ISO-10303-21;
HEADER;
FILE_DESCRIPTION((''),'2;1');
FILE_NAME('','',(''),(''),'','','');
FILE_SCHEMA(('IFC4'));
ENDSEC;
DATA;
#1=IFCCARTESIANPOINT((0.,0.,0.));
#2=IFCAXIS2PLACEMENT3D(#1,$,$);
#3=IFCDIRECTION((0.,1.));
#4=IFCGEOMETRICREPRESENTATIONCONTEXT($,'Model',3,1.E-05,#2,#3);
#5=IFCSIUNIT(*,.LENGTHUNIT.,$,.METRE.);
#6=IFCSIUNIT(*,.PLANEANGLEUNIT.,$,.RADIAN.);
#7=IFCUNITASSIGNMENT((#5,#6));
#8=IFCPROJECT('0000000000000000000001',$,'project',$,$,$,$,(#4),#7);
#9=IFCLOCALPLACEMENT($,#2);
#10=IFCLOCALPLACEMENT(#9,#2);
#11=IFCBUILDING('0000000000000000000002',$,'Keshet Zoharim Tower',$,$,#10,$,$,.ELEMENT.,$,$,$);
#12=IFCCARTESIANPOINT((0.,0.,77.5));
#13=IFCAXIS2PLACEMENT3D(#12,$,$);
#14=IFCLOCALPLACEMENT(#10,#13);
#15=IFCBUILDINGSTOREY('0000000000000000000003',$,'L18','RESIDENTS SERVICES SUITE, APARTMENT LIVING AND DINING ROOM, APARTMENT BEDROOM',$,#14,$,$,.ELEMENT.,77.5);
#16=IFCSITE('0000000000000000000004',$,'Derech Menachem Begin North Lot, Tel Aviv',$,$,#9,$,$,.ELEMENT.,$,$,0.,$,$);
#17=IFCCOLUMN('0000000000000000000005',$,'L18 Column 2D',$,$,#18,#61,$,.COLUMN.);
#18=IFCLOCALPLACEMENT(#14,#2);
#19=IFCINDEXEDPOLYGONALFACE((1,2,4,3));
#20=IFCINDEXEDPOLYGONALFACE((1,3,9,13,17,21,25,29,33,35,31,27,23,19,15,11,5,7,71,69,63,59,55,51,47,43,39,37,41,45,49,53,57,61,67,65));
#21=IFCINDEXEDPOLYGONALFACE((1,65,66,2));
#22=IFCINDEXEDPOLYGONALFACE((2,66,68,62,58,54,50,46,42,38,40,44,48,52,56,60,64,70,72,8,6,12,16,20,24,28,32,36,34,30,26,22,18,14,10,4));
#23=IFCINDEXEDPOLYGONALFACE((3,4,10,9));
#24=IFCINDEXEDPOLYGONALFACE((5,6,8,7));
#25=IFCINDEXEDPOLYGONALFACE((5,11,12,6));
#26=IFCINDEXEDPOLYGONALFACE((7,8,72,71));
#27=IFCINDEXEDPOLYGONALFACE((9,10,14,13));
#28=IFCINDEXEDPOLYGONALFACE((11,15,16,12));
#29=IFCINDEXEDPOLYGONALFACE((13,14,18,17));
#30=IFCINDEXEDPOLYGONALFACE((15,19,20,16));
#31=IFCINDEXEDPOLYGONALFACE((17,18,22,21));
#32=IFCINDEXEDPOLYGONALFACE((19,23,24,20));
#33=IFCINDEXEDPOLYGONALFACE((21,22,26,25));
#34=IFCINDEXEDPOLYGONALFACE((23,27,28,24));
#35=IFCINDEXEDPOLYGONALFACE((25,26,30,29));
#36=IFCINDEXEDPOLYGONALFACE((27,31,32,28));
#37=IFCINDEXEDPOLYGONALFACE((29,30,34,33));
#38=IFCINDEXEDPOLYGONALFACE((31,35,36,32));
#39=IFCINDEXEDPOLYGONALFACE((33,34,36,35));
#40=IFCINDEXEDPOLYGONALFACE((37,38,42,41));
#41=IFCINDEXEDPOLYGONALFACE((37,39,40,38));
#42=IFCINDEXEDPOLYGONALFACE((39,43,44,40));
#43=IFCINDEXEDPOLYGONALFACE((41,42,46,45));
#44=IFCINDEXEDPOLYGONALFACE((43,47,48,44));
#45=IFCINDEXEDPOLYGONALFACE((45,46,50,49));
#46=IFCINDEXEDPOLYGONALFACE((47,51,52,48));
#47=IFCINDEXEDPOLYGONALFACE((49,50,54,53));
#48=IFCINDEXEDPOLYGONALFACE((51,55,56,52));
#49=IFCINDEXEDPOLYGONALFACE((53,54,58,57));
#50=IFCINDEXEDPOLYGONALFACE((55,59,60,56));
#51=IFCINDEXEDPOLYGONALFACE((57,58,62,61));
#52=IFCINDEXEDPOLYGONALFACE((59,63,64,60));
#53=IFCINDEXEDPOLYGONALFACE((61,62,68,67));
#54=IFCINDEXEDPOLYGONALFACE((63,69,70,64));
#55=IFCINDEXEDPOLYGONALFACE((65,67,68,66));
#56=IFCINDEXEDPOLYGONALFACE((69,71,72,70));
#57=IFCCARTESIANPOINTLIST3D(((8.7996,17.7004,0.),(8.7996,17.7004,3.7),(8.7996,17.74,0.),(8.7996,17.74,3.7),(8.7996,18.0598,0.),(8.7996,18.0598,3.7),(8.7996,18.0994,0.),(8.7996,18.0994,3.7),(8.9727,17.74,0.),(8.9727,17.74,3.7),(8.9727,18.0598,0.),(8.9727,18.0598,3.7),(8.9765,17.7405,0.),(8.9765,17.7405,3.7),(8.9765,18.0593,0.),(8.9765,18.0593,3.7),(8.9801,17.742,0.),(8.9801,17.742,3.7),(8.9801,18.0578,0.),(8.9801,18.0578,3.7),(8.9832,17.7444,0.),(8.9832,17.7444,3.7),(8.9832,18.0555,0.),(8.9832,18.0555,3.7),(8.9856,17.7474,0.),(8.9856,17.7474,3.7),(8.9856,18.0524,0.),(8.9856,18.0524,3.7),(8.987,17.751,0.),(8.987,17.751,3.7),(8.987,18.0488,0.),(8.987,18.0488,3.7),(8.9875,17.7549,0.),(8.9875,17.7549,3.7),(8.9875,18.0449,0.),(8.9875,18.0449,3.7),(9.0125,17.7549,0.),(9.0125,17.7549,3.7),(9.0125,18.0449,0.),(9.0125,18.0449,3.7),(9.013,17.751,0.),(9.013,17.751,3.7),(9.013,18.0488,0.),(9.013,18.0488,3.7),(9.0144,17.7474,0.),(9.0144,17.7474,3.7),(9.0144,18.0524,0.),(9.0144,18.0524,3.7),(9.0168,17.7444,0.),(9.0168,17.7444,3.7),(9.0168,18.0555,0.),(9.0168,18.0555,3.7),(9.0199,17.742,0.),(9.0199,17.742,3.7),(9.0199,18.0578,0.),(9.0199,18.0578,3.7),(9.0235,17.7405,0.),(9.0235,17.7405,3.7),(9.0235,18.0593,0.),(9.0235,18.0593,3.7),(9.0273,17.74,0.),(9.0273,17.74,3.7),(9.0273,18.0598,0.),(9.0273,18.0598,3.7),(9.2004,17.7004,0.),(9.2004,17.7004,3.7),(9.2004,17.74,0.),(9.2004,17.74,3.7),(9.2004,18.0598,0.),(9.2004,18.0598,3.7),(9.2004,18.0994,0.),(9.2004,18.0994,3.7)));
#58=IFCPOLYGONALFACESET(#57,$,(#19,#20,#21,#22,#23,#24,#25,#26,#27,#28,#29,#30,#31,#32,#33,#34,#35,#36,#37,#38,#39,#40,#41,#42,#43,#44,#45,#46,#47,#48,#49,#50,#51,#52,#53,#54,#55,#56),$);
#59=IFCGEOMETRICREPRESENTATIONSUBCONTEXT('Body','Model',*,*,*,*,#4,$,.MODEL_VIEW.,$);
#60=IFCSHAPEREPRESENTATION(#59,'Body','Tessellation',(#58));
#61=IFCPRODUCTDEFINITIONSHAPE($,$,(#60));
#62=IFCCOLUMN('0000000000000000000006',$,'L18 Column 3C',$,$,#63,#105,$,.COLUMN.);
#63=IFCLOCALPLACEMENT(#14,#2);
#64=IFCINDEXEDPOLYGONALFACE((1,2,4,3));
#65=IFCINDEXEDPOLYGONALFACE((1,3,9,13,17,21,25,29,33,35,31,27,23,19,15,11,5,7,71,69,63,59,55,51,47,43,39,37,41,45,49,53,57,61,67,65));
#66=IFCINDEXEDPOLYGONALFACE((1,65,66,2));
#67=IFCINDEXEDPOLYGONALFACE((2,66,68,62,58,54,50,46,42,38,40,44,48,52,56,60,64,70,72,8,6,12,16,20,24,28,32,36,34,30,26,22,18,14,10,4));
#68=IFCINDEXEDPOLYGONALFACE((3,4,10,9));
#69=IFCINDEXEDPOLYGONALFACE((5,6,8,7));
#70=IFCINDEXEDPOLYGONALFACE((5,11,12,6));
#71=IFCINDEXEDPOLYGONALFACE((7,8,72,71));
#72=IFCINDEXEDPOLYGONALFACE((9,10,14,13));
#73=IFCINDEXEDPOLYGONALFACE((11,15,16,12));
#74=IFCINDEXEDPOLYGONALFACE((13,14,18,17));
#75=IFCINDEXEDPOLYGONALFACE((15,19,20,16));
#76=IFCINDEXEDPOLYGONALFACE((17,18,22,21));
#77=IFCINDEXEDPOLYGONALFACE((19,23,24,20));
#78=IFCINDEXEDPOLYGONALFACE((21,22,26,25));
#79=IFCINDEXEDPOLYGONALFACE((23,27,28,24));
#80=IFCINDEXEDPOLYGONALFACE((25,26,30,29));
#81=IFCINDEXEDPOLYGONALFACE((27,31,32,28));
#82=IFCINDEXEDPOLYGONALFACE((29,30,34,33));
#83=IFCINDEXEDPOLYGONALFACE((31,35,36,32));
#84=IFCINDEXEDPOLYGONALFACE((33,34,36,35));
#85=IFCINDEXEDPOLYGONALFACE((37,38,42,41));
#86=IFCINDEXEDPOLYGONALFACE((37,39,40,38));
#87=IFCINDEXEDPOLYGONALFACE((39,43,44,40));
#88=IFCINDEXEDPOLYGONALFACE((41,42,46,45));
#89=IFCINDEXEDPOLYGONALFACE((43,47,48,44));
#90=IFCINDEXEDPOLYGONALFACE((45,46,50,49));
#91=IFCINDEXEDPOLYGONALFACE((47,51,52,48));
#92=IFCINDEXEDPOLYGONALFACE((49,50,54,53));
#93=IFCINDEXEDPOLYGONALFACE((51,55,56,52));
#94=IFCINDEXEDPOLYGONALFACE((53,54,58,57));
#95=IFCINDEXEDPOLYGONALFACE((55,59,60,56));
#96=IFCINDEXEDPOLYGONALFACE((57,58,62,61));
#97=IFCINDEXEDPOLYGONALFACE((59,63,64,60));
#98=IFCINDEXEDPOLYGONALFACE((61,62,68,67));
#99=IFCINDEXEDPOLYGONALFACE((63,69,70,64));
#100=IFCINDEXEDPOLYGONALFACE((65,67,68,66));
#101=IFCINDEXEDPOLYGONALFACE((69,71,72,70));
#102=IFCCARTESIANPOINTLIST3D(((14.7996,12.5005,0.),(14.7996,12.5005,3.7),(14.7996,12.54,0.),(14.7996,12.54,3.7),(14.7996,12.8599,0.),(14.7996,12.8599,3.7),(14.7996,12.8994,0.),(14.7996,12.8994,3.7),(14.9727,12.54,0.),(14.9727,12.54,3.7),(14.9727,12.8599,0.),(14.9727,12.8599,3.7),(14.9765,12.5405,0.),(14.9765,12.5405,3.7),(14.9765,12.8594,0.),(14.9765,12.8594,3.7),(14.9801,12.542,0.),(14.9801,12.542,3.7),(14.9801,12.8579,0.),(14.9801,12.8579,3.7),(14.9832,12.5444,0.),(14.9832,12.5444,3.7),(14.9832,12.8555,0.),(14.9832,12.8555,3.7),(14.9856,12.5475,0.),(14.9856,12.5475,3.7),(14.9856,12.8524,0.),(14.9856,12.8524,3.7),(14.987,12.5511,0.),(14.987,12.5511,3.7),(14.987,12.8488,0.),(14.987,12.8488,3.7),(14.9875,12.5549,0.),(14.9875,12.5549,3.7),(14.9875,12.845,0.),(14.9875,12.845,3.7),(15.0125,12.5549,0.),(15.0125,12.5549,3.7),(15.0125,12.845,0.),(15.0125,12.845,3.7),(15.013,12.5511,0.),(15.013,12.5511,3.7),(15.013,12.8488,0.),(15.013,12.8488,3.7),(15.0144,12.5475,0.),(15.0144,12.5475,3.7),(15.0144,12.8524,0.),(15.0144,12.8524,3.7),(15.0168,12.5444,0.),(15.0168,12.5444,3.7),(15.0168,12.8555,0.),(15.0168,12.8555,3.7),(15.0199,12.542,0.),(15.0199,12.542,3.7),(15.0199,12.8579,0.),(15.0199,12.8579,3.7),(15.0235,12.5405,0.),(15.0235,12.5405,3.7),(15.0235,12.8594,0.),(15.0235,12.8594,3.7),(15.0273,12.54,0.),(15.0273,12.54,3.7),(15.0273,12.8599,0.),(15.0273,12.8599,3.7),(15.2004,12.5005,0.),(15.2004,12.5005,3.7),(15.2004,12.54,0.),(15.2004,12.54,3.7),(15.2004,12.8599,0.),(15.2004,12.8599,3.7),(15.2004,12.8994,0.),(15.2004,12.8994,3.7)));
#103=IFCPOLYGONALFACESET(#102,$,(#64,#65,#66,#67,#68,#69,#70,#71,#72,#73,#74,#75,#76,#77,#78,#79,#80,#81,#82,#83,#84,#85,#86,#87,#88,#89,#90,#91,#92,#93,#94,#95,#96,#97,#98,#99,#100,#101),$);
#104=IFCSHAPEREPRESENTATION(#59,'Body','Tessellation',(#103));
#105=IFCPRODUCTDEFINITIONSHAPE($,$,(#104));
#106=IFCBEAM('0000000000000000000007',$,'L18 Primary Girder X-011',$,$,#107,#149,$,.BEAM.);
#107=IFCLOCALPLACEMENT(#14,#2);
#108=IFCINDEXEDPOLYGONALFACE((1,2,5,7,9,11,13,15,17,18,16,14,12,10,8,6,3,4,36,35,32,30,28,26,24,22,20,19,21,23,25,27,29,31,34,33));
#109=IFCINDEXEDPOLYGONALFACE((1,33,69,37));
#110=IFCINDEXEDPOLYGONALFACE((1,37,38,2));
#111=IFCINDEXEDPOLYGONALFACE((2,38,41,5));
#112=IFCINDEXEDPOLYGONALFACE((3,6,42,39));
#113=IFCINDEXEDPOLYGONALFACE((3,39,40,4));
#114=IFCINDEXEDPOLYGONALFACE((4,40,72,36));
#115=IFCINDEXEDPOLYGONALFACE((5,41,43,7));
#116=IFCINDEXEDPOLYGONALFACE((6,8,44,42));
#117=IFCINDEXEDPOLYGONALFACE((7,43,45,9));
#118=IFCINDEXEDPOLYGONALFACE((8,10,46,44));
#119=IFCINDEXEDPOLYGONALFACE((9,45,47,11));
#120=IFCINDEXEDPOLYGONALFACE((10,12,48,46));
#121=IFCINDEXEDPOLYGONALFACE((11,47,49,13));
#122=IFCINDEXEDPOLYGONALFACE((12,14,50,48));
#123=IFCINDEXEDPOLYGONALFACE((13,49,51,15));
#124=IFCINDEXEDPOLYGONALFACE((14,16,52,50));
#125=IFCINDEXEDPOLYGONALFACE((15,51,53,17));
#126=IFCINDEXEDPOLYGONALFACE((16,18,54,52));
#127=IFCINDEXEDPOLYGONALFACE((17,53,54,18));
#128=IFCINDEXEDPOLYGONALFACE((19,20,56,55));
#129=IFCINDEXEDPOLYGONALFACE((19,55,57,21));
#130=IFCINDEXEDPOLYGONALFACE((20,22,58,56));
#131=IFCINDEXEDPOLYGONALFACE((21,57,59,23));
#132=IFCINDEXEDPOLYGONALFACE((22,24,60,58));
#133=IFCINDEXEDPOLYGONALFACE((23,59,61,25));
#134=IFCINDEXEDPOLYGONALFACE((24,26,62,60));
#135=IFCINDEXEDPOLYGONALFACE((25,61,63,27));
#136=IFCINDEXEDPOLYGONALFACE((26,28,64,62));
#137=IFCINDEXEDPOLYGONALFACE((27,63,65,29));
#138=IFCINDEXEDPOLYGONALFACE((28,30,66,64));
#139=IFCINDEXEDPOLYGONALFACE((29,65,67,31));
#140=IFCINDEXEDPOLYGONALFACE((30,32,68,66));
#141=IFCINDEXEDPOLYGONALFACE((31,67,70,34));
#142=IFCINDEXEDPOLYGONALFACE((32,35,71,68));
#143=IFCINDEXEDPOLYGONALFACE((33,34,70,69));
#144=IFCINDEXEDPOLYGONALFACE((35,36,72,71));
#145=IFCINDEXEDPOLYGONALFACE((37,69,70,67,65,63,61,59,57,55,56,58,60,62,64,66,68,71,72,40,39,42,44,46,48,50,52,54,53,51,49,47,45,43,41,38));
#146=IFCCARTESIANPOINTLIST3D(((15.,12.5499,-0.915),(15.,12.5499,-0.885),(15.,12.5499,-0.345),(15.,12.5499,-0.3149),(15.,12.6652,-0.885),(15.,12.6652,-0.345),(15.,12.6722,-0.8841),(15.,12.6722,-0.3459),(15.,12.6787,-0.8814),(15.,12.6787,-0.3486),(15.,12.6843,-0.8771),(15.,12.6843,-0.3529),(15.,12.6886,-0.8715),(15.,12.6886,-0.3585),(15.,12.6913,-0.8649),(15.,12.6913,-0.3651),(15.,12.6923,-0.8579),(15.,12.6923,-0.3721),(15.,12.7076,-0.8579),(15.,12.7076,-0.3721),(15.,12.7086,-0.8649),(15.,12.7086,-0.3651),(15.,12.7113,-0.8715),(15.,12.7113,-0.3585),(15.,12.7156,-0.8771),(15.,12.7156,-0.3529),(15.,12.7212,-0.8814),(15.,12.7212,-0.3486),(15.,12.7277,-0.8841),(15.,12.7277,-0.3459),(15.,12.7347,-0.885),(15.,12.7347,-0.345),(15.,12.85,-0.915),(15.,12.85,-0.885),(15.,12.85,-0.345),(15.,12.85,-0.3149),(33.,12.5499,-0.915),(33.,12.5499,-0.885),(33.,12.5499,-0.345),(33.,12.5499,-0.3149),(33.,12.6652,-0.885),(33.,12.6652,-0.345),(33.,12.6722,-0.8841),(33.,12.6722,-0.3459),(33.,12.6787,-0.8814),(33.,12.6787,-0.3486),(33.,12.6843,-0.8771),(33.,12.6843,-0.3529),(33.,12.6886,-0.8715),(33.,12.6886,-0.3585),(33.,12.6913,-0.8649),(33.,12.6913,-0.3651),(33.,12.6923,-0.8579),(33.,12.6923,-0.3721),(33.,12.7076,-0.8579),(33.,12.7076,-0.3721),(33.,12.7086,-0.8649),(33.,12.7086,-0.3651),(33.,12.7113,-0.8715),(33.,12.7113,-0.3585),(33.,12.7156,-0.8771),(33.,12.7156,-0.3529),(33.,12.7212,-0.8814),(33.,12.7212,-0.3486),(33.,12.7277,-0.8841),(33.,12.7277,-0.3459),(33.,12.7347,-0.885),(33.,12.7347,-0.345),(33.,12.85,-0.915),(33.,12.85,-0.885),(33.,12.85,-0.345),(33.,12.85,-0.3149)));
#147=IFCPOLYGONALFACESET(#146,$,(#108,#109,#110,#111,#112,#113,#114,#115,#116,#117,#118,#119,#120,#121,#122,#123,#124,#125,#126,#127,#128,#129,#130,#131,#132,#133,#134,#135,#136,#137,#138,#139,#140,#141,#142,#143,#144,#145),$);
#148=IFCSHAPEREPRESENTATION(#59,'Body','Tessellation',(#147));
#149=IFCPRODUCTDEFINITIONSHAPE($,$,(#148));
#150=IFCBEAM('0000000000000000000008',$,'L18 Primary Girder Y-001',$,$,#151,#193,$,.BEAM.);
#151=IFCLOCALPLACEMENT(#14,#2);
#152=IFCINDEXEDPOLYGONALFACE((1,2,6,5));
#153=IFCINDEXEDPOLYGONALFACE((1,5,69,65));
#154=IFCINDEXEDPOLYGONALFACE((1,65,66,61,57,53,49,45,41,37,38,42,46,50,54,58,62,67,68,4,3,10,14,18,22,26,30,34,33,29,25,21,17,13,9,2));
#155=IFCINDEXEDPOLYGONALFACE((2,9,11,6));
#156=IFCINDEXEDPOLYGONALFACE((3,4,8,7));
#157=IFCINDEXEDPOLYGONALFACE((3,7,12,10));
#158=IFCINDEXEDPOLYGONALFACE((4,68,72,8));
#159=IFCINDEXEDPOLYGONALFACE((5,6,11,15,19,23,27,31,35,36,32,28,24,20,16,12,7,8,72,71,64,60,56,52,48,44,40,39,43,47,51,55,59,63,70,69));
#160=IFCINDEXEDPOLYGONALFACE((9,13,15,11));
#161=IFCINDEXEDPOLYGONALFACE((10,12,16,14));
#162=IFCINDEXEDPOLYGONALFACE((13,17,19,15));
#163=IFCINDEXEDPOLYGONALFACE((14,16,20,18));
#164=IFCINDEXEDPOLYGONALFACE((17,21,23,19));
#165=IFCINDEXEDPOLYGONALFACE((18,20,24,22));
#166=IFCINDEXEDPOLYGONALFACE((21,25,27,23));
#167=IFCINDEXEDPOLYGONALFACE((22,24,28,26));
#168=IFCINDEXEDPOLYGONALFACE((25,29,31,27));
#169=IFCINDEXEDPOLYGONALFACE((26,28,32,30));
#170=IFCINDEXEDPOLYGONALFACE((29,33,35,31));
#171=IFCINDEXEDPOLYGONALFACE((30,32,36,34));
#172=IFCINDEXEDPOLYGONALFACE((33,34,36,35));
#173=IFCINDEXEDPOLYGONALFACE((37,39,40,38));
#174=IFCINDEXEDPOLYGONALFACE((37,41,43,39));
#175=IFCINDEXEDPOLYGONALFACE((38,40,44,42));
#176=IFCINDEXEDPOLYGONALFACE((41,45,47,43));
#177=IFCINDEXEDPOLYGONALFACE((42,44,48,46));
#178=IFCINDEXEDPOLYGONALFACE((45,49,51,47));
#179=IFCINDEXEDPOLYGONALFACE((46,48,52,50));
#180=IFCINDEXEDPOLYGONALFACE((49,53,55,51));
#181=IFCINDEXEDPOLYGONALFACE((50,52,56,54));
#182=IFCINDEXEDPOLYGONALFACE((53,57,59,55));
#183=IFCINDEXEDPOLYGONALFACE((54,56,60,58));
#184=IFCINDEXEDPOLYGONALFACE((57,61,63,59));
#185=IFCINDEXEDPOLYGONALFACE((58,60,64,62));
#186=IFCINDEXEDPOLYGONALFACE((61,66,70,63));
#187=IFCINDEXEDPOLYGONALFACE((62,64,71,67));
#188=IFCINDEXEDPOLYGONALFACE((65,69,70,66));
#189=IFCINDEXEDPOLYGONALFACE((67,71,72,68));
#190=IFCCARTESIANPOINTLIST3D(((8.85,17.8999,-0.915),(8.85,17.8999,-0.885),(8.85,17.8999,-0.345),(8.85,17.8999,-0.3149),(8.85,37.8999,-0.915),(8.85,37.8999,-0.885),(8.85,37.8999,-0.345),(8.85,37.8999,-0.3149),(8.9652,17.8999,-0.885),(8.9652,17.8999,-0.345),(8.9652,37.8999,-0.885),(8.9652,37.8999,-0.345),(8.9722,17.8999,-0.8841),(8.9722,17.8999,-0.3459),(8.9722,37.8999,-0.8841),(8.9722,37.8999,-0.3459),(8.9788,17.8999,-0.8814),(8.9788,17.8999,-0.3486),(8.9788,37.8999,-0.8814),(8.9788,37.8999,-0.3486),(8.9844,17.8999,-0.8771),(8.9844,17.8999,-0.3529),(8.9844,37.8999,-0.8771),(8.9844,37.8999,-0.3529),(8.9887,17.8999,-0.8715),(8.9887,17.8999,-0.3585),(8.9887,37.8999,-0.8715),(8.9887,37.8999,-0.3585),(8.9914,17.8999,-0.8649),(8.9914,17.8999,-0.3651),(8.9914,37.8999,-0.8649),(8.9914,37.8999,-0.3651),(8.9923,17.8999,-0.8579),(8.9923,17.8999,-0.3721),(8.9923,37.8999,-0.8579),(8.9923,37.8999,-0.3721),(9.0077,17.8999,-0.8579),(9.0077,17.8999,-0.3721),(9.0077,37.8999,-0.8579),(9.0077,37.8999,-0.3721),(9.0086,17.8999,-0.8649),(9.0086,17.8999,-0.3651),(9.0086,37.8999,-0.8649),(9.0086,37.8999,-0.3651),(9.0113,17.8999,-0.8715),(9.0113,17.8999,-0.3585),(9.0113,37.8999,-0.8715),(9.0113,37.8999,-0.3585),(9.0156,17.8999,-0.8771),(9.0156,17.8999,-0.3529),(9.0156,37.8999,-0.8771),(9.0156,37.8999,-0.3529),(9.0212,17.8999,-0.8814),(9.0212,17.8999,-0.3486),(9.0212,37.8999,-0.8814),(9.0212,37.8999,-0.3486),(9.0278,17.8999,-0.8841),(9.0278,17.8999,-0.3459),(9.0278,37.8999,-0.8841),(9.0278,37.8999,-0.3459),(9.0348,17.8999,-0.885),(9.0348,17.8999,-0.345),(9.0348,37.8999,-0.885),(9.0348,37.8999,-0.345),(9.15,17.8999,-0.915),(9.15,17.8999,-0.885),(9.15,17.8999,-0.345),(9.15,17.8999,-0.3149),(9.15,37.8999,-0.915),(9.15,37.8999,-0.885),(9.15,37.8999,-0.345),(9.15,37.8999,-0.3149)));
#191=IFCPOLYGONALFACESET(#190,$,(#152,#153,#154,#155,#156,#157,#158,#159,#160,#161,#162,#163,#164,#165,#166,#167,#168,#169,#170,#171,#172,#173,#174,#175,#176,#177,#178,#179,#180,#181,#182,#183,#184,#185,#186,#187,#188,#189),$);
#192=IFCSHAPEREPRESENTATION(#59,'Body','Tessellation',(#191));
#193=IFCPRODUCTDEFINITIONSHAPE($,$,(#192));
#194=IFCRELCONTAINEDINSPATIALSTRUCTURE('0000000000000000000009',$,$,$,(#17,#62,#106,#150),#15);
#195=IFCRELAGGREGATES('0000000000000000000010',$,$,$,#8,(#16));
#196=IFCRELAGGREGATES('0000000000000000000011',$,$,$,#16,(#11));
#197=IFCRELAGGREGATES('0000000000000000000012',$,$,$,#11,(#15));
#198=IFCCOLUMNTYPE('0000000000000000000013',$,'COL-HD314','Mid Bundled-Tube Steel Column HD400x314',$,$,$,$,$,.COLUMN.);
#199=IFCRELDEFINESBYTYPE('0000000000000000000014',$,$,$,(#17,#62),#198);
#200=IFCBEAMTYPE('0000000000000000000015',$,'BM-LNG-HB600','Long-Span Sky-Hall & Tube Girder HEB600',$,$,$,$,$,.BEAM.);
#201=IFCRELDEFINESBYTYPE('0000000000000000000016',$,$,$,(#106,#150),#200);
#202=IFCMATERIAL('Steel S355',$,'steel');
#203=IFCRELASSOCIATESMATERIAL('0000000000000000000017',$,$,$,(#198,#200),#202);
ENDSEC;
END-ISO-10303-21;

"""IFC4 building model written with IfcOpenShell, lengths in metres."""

from ifc_helpers import new_model, si_unit, direction, frame, origin, origin_2d, place, context, subcontext, project, spatial, i_section, extrude, material, material_profile, profile_set, type_object, element, save


model = new_model("IFC4")

# Units and contexts
model_context = context("Model", 3, precision=1e-05, world=origin(), true_north=direction((0.0, 1.0)))
body_context = subcontext(model_context, "Body", "Model", "MODEL_VIEW")
ifc_project = project(units=[si_unit("LENGTHUNIT", "METRE"), si_unit("PLANEANGLEUNIT", "RADIAN")], contexts=[model_context])

# Site, building, storey
site_placement = place(None, origin())
site = spatial("IfcSite", under=ifc_project, at=site_placement, Name="Derech Menachem Begin North Lot, Tel Aviv", CompositionType="ELEMENT", RefElevation=0.0)
building_placement = place(site_placement, origin())
building = spatial("IfcBuilding", under=site, at=building_placement, Name="Keshet Zoharim Tower", CompositionType="ELEMENT")
storey_placement = place(building_placement, frame((0.0, 0.0, 77.5)))
storey = spatial("IfcBuildingStorey", under=building, at=storey_placement, Name="L18", Description="RESIDENTS SERVICES SUITE, APARTMENT LIVING AND DINING ROOM, APARTMENT BEDROOM", CompositionType="ELEMENT", Elevation=77.5)

# Columns
ifc_material_1 = material(Name="Steel S355", Category="steel")
ifc_material_profile_1 = material_profile(ifc_material_1, i_section(OverallWidth=0.4009, OverallDepth=0.3989, WebThickness=0.0249, FlangeThickness=0.0396, FilletRadius=0.0149, at=origin_2d()), Name="HD400x314")
ifc_profile_set_1 = profile_set([ifc_material_profile_1], Name="Steel S355")
column_type = type_object("IfcColumnType", Name="COL-HD314", Description="Mid Bundled-Tube Steel Column HD400x314", PredefinedType="COLUMN", material=ifc_profile_set_1)
for number, where, z_axis, x_axis, name in (
    (1, (9.0, 17.8999, 0.0), (0.0, 0.0, 1.0), (1.0, 0.0, 0.0), "L18 Column 2D"),
    (2, (15.0, 12.7, 0.0), (0.0, 0.0, 1.0), (1.0, 0.0, 0.0), "L18 Column 3C"),
):
    element("IfcColumn", number, at=place(storey_placement, frame(where, z_axis=z_axis, x_axis=x_axis)), inside=storey, type_object=column_type, Name=name, PredefinedType="COLUMN", context=body_context, shape_type="SweptSolid", body=[
        extrude(i_section(OverallWidth=0.4009, OverallDepth=0.3989, WebThickness=0.0249, FlangeThickness=0.0396, FilletRadius=0.0149, at=origin_2d()), origin(), (0.0, 0.0, 1.0), 3.7),
    ])

# Beams
ifc_material_profile_2 = material_profile(ifc_material_1, i_section(OverallWidth=0.3, OverallDepth=0.6001, WebThickness=0.0154, FlangeThickness=0.03, FilletRadius=0.0271, at=origin_2d()), Name="HEB600")
ifc_profile_set_2 = profile_set([ifc_material_profile_2], Name="Steel S355")
beam_type_1 = type_object("IfcBeamType", Name="BM-LNG-HB600", Description="Long-Span Sky-Hall & Tube Girder HEB600", PredefinedType="BEAM", material=ifc_profile_set_2)
beam_1_placement = place(storey_placement, frame((15.0, 12.7, -0.615), z_axis=(1.0, 0.0, 0.0), x_axis=(0.0, 1.0, 0.0)))
element("IfcBeam", 3, at=beam_1_placement, inside=storey, type_object=beam_type_1, Name="L18 Primary Girder X-011", PredefinedType="BEAM", context=body_context, shape_type="SweptSolid", body=[
    extrude(i_section(OverallWidth=0.3, OverallDepth=0.6001, WebThickness=0.0154, FlangeThickness=0.03, FilletRadius=0.0271, at=origin_2d()), origin(), (0.0, 0.0, 1.0), 18.0),
])
beam_2_placement = place(storey_placement, frame((9.0, 17.8999, -0.615), z_axis=(0.0, 1.0, 0.0), x_axis=(-1.0, 0.0, 0.0)))
element("IfcBeam", 4, at=beam_2_placement, inside=storey, type_object=beam_type_1, Name="L18 Primary Girder Y-001", PredefinedType="BEAM", context=body_context, shape_type="SweptSolid", body=[
    extrude(i_section(OverallWidth=0.3, OverallDepth=0.6001, WebThickness=0.0154, FlangeThickness=0.03, FilletRadius=0.0271, at=origin_2d()), origin(), (0.0, 0.0, 1.0), 20.0),
])

save(model, "model.ifc")
